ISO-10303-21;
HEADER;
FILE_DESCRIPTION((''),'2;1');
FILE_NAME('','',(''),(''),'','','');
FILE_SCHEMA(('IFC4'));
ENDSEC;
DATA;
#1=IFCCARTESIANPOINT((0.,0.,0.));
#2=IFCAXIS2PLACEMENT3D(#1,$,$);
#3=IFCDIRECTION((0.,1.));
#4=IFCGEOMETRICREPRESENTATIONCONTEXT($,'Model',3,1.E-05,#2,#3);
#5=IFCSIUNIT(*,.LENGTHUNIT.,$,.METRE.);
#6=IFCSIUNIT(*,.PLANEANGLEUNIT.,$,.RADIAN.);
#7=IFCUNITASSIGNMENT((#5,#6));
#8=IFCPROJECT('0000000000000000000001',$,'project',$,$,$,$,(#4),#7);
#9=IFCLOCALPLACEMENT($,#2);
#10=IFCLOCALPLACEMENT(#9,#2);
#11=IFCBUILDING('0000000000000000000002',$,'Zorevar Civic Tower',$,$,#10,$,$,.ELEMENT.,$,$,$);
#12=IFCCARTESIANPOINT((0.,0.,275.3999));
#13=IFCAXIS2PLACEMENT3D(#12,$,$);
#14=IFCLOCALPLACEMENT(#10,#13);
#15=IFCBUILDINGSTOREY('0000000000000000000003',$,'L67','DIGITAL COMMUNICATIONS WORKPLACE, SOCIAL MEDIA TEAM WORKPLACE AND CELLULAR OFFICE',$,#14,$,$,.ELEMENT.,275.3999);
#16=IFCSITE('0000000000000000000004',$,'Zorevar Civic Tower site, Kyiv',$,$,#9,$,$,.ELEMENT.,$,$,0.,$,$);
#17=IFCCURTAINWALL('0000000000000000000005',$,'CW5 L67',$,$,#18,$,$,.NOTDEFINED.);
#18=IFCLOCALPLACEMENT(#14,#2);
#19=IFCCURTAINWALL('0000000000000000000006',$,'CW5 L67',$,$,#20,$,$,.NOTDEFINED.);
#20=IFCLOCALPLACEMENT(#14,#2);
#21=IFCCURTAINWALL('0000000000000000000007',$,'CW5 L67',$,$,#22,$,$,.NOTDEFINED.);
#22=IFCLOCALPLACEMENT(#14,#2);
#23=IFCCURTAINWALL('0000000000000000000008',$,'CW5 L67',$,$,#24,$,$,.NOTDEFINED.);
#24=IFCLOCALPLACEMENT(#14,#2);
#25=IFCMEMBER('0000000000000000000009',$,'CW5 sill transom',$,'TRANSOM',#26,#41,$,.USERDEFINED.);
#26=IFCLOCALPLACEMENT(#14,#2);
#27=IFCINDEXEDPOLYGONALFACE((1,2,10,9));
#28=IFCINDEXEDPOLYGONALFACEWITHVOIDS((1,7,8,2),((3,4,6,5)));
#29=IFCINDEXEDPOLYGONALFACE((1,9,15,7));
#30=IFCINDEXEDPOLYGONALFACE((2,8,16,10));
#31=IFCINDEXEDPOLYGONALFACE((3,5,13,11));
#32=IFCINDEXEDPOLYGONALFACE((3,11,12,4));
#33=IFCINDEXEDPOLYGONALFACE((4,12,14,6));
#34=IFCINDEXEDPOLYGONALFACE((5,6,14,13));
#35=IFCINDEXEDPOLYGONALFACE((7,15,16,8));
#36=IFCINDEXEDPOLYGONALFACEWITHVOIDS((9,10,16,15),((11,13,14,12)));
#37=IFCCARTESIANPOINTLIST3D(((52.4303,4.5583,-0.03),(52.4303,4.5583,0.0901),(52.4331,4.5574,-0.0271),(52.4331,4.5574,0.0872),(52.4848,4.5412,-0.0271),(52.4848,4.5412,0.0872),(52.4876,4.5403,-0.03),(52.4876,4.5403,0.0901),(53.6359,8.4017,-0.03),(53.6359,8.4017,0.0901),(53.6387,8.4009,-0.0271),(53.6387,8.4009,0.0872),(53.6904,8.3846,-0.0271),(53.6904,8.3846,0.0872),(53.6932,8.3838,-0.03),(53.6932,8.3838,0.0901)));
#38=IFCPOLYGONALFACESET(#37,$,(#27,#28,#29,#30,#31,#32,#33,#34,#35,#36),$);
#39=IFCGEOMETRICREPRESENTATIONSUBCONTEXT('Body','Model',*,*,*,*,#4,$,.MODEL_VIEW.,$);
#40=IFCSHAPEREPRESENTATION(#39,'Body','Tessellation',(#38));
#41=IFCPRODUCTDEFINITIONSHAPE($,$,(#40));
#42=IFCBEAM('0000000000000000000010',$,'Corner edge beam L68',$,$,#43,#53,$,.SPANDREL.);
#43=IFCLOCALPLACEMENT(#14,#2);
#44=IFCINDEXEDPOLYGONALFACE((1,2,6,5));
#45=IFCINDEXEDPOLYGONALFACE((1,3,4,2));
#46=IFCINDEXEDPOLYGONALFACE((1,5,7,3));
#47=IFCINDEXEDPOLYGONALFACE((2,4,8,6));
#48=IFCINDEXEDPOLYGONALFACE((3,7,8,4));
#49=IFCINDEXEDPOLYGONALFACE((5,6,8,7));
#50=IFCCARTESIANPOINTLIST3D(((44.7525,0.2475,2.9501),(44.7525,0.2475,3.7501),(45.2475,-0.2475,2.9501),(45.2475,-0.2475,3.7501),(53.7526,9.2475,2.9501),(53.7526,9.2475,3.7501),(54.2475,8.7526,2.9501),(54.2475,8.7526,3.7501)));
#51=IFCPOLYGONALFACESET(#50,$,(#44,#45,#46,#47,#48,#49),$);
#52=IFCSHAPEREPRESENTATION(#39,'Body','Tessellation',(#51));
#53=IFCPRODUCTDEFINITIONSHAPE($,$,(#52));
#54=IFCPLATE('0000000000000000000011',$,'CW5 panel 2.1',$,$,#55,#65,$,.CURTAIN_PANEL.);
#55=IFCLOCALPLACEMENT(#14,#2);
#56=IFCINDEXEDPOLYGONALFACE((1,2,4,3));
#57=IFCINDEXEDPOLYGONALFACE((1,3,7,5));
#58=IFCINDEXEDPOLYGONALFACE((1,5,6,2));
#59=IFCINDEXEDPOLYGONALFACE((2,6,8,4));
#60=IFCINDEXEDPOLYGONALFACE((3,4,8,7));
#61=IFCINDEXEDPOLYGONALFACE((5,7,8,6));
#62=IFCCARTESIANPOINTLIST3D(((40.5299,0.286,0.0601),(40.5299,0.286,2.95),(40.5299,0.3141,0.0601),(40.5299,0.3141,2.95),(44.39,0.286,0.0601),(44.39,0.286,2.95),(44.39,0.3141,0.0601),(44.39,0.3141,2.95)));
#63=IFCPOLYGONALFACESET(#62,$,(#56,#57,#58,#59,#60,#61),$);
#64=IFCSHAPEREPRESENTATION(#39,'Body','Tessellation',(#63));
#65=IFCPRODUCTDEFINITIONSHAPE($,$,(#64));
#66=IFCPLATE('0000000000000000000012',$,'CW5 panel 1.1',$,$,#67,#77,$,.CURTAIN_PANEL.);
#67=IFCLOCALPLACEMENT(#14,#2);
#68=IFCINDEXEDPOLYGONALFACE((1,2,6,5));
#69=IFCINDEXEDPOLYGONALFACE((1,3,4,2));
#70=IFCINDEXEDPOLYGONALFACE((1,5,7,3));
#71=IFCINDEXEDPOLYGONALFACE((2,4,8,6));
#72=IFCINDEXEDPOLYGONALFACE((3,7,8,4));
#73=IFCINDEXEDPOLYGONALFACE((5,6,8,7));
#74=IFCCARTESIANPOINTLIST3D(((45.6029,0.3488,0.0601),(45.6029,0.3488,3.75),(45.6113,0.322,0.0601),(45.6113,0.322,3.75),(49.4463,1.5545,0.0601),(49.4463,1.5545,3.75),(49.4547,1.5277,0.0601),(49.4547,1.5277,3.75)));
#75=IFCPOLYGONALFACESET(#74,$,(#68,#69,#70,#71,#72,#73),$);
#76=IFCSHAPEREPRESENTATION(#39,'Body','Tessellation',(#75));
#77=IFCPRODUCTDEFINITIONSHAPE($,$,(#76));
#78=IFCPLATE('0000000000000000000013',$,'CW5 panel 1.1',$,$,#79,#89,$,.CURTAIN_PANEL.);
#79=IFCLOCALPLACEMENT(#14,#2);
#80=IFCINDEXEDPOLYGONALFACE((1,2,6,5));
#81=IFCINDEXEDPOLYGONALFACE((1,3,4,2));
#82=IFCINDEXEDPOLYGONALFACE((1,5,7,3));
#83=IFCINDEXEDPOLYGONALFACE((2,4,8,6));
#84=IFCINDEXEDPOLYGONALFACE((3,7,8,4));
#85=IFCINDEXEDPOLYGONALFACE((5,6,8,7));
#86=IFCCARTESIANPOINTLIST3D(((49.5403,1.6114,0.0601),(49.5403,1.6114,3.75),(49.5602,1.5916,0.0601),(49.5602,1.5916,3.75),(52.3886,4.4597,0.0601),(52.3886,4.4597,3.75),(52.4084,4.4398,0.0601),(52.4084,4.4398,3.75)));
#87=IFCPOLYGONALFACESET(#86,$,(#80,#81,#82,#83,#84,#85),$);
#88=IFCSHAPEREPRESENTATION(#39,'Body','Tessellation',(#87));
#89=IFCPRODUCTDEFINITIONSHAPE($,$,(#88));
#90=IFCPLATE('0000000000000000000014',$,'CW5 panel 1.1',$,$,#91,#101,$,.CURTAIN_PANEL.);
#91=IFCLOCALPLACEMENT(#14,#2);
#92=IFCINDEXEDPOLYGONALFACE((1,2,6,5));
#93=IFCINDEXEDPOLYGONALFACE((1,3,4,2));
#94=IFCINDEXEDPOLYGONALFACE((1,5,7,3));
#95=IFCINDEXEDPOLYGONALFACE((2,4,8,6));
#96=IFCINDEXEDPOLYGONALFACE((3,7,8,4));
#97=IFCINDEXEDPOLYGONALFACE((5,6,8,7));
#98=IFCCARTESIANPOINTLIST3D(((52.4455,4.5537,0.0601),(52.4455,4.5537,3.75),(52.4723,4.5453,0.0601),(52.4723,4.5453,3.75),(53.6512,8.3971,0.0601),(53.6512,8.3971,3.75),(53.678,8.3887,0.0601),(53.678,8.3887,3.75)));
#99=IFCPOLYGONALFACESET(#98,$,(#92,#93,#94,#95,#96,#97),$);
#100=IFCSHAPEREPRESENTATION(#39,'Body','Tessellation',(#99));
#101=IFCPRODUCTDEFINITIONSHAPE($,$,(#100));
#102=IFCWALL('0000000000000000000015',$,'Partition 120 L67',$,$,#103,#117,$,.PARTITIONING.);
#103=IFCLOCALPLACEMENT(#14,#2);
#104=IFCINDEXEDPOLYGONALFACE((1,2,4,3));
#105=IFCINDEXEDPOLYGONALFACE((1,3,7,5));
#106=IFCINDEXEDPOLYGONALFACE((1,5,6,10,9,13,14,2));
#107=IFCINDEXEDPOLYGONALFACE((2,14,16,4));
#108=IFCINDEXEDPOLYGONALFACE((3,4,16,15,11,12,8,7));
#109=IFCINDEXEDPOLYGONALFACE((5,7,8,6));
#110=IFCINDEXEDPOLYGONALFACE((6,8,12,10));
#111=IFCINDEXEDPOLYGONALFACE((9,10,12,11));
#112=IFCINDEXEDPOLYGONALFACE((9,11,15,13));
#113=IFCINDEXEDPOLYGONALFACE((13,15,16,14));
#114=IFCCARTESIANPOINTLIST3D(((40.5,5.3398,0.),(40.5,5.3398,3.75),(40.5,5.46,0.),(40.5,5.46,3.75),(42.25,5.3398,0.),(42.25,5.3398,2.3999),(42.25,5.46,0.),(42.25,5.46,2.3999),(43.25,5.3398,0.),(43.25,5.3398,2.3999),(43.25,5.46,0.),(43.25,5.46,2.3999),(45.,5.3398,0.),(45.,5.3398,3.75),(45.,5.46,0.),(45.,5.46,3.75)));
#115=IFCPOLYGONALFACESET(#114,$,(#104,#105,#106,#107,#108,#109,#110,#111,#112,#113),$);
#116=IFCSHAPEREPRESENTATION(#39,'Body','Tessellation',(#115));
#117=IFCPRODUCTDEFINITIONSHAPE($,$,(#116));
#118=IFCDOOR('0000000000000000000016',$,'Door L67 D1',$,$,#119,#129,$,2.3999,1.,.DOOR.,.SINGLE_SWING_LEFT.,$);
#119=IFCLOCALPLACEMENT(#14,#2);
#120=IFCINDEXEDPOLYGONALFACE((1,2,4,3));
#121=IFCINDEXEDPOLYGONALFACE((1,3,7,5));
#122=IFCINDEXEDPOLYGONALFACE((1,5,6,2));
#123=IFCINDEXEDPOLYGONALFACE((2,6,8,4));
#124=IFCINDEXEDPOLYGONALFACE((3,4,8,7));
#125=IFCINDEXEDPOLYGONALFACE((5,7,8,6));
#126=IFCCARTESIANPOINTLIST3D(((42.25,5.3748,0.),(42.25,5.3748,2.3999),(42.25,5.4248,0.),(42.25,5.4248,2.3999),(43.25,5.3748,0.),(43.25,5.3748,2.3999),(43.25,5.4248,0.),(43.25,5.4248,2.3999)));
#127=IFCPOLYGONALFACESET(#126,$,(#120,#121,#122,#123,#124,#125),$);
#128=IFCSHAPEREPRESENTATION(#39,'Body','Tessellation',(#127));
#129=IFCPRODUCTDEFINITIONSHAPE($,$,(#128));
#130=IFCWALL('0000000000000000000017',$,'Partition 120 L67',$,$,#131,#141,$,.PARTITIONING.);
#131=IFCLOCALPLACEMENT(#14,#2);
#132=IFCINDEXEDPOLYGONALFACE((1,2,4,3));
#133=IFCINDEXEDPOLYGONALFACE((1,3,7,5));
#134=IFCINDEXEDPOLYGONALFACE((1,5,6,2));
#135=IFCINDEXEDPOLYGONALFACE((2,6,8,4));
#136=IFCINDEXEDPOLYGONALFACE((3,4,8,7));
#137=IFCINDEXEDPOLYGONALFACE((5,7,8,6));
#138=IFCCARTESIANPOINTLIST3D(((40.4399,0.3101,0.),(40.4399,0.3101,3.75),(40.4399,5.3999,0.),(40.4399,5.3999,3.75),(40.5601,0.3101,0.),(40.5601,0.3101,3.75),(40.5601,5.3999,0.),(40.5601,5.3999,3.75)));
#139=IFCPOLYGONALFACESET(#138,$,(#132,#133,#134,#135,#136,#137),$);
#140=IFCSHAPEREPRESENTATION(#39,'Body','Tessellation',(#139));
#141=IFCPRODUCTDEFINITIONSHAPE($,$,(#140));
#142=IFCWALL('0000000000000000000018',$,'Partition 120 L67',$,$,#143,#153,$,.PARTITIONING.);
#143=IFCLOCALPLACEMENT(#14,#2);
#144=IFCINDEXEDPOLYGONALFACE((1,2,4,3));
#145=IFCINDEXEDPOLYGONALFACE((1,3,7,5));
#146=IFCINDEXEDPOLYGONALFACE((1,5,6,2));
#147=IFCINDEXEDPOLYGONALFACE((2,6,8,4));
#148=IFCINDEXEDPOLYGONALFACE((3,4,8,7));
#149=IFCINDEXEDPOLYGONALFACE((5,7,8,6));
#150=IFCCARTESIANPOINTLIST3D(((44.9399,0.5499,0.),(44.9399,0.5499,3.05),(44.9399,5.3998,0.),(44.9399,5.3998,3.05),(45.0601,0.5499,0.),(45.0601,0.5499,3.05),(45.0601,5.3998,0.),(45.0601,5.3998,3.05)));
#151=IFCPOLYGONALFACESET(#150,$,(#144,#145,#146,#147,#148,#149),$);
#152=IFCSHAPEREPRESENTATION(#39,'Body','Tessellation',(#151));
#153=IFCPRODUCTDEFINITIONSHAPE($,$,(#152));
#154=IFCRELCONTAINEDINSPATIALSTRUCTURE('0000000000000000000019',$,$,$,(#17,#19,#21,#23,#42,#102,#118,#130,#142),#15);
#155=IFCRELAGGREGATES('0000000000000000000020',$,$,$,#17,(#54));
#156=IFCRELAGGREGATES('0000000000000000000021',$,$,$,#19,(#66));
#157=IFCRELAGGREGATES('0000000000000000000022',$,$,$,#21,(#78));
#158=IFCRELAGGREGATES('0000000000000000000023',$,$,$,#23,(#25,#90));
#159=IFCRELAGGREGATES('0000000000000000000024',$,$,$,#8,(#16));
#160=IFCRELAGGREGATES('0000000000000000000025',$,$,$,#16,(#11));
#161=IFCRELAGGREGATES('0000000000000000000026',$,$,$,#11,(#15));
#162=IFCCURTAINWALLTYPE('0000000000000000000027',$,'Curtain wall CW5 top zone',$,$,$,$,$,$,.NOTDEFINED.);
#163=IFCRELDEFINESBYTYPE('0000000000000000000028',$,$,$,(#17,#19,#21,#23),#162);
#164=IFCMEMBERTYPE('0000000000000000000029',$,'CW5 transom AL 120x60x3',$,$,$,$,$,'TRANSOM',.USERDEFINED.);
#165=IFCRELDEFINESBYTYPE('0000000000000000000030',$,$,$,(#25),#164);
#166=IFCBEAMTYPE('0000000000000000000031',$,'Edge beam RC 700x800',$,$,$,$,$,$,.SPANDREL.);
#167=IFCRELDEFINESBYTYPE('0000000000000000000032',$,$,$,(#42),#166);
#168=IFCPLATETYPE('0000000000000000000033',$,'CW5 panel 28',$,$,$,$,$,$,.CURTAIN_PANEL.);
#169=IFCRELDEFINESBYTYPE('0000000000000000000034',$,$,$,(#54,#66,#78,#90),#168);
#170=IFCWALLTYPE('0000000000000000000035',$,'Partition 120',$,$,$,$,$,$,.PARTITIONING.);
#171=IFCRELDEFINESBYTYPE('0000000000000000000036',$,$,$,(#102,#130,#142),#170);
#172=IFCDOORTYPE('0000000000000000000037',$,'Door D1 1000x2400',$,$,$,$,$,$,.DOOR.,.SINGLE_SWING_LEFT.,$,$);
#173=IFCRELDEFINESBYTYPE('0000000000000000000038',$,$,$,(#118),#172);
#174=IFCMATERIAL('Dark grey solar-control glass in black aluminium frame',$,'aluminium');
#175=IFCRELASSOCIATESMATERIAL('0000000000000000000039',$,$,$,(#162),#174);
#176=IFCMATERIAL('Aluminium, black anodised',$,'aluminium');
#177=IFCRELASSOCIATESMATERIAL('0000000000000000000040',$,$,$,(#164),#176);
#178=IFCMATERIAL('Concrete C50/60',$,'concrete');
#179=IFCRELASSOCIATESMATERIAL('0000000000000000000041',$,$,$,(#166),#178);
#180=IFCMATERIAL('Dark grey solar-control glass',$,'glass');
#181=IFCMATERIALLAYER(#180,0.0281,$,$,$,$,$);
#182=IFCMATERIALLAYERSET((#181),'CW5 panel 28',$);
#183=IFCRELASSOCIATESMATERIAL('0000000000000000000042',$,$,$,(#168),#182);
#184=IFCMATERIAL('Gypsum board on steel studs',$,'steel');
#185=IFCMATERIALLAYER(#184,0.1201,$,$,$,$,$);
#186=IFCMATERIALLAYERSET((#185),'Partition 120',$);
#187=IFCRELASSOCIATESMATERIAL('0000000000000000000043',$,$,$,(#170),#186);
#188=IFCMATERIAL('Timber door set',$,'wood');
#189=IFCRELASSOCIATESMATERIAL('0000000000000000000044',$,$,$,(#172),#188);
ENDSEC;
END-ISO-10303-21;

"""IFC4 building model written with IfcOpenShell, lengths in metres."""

from ifc_helpers import new_model, si_unit, direction, frame, frame_2d, origin, origin_2d, place, context, subcontext, project, spatial, rectangle, hollow_rectangle, extrude, material, layer, layer_set, material_profile, profile_set, type_object, element, fill, aggregate, save


model = new_model("IFC4")

# Units and contexts
model_context = context("Model", 3, precision=1e-05, world=origin(), true_north=direction((0.0, 1.0)))
body_context = subcontext(model_context, "Body", "Model", "MODEL_VIEW")
ifc_project = project(units=[si_unit("LENGTHUNIT", "METRE"), si_unit("PLANEANGLEUNIT", "RADIAN")], contexts=[model_context])

# Site, building, storey
site_placement = place(None, origin())
site = spatial("IfcSite", under=ifc_project, at=site_placement, Name="Zorevar Civic Tower site, Kyiv", CompositionType="ELEMENT", RefElevation=0.0)
building_placement = place(site_placement, origin())
building = spatial("IfcBuilding", under=site, at=building_placement, Name="Zorevar Civic Tower", CompositionType="ELEMENT")
storey_placement = place(building_placement, frame((0.0, 0.0, 275.3999)))
storey = spatial("IfcBuildingStorey", under=building, at=storey_placement, Name="L67", Description="DIGITAL COMMUNICATIONS WORKPLACE, SOCIAL MEDIA TEAM WORKPLACE AND CELLULAR OFFICE", CompositionType="ELEMENT", Elevation=275.3999)

# Curtain wall
ifc_material_1 = material(Name="Dark grey solar-control glass in black aluminium frame", Category="aluminium")
curtain_wall_type = type_object("IfcCurtainWallType", Name="Curtain wall CW5 top zone", PredefinedType="NOTDEFINED", material=ifc_material_1)
curtain_wall_1_placement = place(storey_placement, origin())
curtain_wall_1 = element("IfcCurtainWall", 1, at=curtain_wall_1_placement, inside=storey, type_object=curtain_wall_type, Name="CW5 L67", PredefinedType="NOTDEFINED")

# Curtain walls
curtain_wall_2_placement = place(storey_placement, origin())
curtain_wall_2 = element("IfcCurtainWall", 2, at=curtain_wall_2_placement, inside=storey, type_object=curtain_wall_type, Name="CW5 L67", PredefinedType="NOTDEFINED")
curtain_wall_3_placement = place(storey_placement, origin())
curtain_wall_3 = element("IfcCurtainWall", 3, at=curtain_wall_3_placement, inside=storey, type_object=curtain_wall_type, Name="CW5 L67", PredefinedType="NOTDEFINED")
curtain_wall_4_placement = place(storey_placement, origin())
curtain_wall_4 = element("IfcCurtainWall", 4, at=curtain_wall_4_placement, inside=storey, type_object=curtain_wall_type, Name="CW5 L67", PredefinedType="NOTDEFINED")

# Member
ifc_material_2 = material(Name="Aluminium, black anodised", Category="aluminium")
ifc_material_profile_1 = material_profile(ifc_material_2, hollow_rectangle(XDim=0.0601, YDim=0.1201, WallThickness=0.0029, at=origin_2d()), Name="AL 120x60x3")
ifc_profile_set_1 = profile_set([ifc_material_profile_1], Name="Aluminium, black anodised")
member_type_1 = type_object("IfcMemberType", Name="CW5 transom AL 120x60x3", ElementType="TRANSOM", PredefinedType="USERDEFINED", material=ifc_profile_set_1)
member_1_placement = place(storey_placement, frame((52.459, 4.5493, 0.03), z_axis=(0.299286, 0.954163, 0.0), x_axis=(-0.954163, 0.299286, 0.0)))
member_1 = element("IfcMember", 5, at=member_1_placement, type_object=member_type_1, Name="CW5 sill transom", ObjectType="TRANSOM", PredefinedType="USERDEFINED", context=body_context, shape_type="SweptSolid", body=[
    extrude(hollow_rectangle(XDim=0.0601, YDim=0.1201, WallThickness=0.0029, at=origin_2d()), origin(), (0.0, 0.0, 1.0), 4.0281),
])

# Beam
ifc_material_3 = material(Name="Concrete C50/60", Category="concrete")
ifc_material_profile_2 = material_profile(ifc_material_3, rectangle(XDim=0.7, YDim=0.8, at=origin_2d()), Name="RC 700x800")
ifc_profile_set_2 = profile_set([ifc_material_profile_2], Name="Concrete C50/60")
beam_type_1 = type_object("IfcBeamType", Name="Edge beam RC 700x800", PredefinedType="SPANDREL", material=ifc_profile_set_2)
beam_1_placement = place(storey_placement, frame((45.0, 0.0, 3.3501), z_axis=(0.707107, 0.707107, 0.0), x_axis=(-0.707107, 0.707107, 0.0)))
element("IfcBeam", 6, at=beam_1_placement, inside=storey, type_object=beam_type_1, Name="Corner edge beam L68", PredefinedType="SPANDREL", context=body_context, shape_type="SweptSolid", body=[
    extrude(rectangle(XDim=0.7, YDim=0.8, at=origin_2d()), origin(), (0.0, 0.0, 1.0), 12.728),
])

# Plates
ifc_material_4 = material(Name="Dark grey solar-control glass", Category="glass")
ifc_layer_1 = layer(ifc_material_4, 0.0281)
ifc_layer_set_1 = layer_set([ifc_layer_1], Name="CW5 panel 28")
plate_type = type_object("IfcPlateType", Name="CW5 panel 28", PredefinedType="CURTAIN_PANEL", material=ifc_layer_set_1)
plate_1_placement = place(storey_placement, frame((42.46, 0.3, 0.0601), z_axis=(0.0, 0.0, 1.0), x_axis=(1.0, 0.0, 0.0)))
plate_1 = element("IfcPlate", 7, at=plate_1_placement, type_object=plate_type, Name="CW5 panel 2.1", PredefinedType="CURTAIN_PANEL", context=body_context, shape_type="SweptSolid", body=[
    extrude(rectangle(XDim=3.8601, YDim=0.0281, at=origin_2d()), origin(), (0.0, 0.0, 1.0), 2.8899),
])
aggregate(curtain_wall_1, [plate_1])
plate_2_placement = place(storey_placement, frame((47.5288, 0.9382, 0.0601), z_axis=(0.0, 0.0, 1.0), x_axis=(0.954153, 0.299318, 0.0)))
plate_2 = element("IfcPlate", 8, at=plate_2_placement, type_object=plate_type, Name="CW5 panel 1.1", PredefinedType="CURTAIN_PANEL", context=body_context, shape_type="SweptSolid", body=[
    extrude(rectangle(XDim=4.0281, YDim=0.0281, at=origin_2d()), origin(), (0.0, 0.0, 1.0), 3.6899),
])
aggregate(curtain_wall_2, [plate_2])
plate_3_placement = place(storey_placement, frame((50.9744, 3.0256, 0.0601), z_axis=(0.0, 0.0, 1.0), x_axis=(0.707107, 0.707107, 0.0)))
plate_3 = element("IfcPlate", 9, at=plate_3_placement, type_object=plate_type, Name="CW5 panel 1.1", PredefinedType="CURTAIN_PANEL", context=body_context, shape_type="SweptSolid", body=[
    extrude(rectangle(XDim=4.0281, YDim=0.0281, at=origin_2d()), origin(), (0.0, 0.0, 1.0), 3.6899),
])
aggregate(curtain_wall_3, [plate_3])
plate_4_placement = place(storey_placement, frame((53.0618, 6.4712, 0.0601), z_axis=(0.0, 0.0, 1.0), x_axis=(0.299318, 0.954153, 0.0)))
plate_4 = element("IfcPlate", 10, at=plate_4_placement, type_object=plate_type, Name="CW5 panel 1.1", PredefinedType="CURTAIN_PANEL", context=body_context, shape_type="SweptSolid", body=[
    extrude(rectangle(XDim=4.0281, YDim=0.0281, at=origin_2d()), origin(), (0.0, 0.0, 1.0), 3.6899),
])
aggregate(curtain_wall_4, [member_1, plate_4])

# Wall, opening, door
ifc_material_5 = material(Name="Gypsum board on steel studs", Category="steel")
ifc_layer_2 = layer(ifc_material_5, 0.1201)
ifc_layer_set_2 = layer_set([ifc_layer_2], Name="Partition 120")
wall_type = type_object("IfcWallType", Name="Partition 120", PredefinedType="PARTITIONING", material=ifc_layer_set_2)
wall_1_placement = place(storey_placement, frame((40.5, 5.3999, 0.0), z_axis=(0.0, 0.0, 1.0), x_axis=(1.0, 0.0, 0.0)))
wall_1 = element("IfcWall", 11, at=wall_1_placement, inside=storey, type_object=wall_type, Name="Partition 120 L67", PredefinedType="PARTITIONING", context=body_context, shape_type="SweptSolid", body=[
    extrude(rectangle(XDim=4.5, YDim=0.1201, at=frame_2d((2.25, 0.0))), origin(), (0.0, 0.0, 1.0), 3.75),
])
opening_placement = place(wall_1_placement, frame((1.75, 0.0, 0.0)))
opening = element("IfcOpeningElement", 12, at=opening_placement, cuts=wall_1, PredefinedType="OPENING", context=body_context, shape_type="SweptSolid", body=[
    extrude(rectangle(XDim=1.0, YDim=2.3999, at=frame_2d((0.5, 1.2))), frame((0.0, 0.0701, 0.0), z_axis=(0.0, -1.0, 0.0), x_axis=(1.0, 0.0, 0.0)), (0.0, 0.0, 1.0), 0.1401),
])
ifc_material_6 = material(Name="Timber door set", Category="wood")
door_type = type_object("IfcDoorType", Name="Door D1 1000x2400", OperationType="SINGLE_SWING_LEFT", PredefinedType="DOOR", material=ifc_material_6)
door_placement = place(opening_placement, origin())
door = element("IfcDoor", 13, at=door_placement, inside=storey, type_object=door_type, Name="Door L67 D1", OperationType="SINGLE_SWING_LEFT", OverallHeight=2.3999, OverallWidth=1.0, PredefinedType="DOOR", context=body_context, shape_type="SweptSolid", body=[
    extrude(rectangle(XDim=1.0, YDim=2.3999, at=frame_2d((0.5, 1.2))), frame((0.0, 0.0249, 0.0), z_axis=(0.0, -1.0, 0.0), x_axis=(1.0, 0.0, 0.0)), (0.0, 0.0, 1.0), 0.05),
])
fill(opening, door)

# Walls
wall_2_placement = place(storey_placement, frame((40.5, 0.3101, 0.0), z_axis=(0.0, 0.0, 1.0), x_axis=(0.0, 1.0, 0.0)))
element("IfcWall", 14, at=wall_2_placement, inside=storey, type_object=wall_type, Name="Partition 120 L67", PredefinedType="PARTITIONING", context=body_context, shape_type="SweptSolid", body=[
    extrude(rectangle(XDim=5.0898, YDim=0.1201, at=frame_2d((2.5449, 0.0))), origin(), (0.0, 0.0, 1.0), 3.75),
])
wall_3_placement = place(storey_placement, frame((45.0, 0.55, 0.0), z_axis=(0.0, 0.0, 1.0), x_axis=(0.0, 1.0, 0.0)))
element("IfcWall", 15, at=wall_3_placement, inside=storey, type_object=wall_type, Name="Partition 120 L67", PredefinedType="PARTITIONING", context=body_context, shape_type="SweptSolid", body=[
    extrude(rectangle(XDim=4.8499, YDim=0.1201, at=frame_2d((2.4248, 0.0))), origin(), (0.0, 0.0, 1.0), 3.05),
])

save(model, "model.ifc")
